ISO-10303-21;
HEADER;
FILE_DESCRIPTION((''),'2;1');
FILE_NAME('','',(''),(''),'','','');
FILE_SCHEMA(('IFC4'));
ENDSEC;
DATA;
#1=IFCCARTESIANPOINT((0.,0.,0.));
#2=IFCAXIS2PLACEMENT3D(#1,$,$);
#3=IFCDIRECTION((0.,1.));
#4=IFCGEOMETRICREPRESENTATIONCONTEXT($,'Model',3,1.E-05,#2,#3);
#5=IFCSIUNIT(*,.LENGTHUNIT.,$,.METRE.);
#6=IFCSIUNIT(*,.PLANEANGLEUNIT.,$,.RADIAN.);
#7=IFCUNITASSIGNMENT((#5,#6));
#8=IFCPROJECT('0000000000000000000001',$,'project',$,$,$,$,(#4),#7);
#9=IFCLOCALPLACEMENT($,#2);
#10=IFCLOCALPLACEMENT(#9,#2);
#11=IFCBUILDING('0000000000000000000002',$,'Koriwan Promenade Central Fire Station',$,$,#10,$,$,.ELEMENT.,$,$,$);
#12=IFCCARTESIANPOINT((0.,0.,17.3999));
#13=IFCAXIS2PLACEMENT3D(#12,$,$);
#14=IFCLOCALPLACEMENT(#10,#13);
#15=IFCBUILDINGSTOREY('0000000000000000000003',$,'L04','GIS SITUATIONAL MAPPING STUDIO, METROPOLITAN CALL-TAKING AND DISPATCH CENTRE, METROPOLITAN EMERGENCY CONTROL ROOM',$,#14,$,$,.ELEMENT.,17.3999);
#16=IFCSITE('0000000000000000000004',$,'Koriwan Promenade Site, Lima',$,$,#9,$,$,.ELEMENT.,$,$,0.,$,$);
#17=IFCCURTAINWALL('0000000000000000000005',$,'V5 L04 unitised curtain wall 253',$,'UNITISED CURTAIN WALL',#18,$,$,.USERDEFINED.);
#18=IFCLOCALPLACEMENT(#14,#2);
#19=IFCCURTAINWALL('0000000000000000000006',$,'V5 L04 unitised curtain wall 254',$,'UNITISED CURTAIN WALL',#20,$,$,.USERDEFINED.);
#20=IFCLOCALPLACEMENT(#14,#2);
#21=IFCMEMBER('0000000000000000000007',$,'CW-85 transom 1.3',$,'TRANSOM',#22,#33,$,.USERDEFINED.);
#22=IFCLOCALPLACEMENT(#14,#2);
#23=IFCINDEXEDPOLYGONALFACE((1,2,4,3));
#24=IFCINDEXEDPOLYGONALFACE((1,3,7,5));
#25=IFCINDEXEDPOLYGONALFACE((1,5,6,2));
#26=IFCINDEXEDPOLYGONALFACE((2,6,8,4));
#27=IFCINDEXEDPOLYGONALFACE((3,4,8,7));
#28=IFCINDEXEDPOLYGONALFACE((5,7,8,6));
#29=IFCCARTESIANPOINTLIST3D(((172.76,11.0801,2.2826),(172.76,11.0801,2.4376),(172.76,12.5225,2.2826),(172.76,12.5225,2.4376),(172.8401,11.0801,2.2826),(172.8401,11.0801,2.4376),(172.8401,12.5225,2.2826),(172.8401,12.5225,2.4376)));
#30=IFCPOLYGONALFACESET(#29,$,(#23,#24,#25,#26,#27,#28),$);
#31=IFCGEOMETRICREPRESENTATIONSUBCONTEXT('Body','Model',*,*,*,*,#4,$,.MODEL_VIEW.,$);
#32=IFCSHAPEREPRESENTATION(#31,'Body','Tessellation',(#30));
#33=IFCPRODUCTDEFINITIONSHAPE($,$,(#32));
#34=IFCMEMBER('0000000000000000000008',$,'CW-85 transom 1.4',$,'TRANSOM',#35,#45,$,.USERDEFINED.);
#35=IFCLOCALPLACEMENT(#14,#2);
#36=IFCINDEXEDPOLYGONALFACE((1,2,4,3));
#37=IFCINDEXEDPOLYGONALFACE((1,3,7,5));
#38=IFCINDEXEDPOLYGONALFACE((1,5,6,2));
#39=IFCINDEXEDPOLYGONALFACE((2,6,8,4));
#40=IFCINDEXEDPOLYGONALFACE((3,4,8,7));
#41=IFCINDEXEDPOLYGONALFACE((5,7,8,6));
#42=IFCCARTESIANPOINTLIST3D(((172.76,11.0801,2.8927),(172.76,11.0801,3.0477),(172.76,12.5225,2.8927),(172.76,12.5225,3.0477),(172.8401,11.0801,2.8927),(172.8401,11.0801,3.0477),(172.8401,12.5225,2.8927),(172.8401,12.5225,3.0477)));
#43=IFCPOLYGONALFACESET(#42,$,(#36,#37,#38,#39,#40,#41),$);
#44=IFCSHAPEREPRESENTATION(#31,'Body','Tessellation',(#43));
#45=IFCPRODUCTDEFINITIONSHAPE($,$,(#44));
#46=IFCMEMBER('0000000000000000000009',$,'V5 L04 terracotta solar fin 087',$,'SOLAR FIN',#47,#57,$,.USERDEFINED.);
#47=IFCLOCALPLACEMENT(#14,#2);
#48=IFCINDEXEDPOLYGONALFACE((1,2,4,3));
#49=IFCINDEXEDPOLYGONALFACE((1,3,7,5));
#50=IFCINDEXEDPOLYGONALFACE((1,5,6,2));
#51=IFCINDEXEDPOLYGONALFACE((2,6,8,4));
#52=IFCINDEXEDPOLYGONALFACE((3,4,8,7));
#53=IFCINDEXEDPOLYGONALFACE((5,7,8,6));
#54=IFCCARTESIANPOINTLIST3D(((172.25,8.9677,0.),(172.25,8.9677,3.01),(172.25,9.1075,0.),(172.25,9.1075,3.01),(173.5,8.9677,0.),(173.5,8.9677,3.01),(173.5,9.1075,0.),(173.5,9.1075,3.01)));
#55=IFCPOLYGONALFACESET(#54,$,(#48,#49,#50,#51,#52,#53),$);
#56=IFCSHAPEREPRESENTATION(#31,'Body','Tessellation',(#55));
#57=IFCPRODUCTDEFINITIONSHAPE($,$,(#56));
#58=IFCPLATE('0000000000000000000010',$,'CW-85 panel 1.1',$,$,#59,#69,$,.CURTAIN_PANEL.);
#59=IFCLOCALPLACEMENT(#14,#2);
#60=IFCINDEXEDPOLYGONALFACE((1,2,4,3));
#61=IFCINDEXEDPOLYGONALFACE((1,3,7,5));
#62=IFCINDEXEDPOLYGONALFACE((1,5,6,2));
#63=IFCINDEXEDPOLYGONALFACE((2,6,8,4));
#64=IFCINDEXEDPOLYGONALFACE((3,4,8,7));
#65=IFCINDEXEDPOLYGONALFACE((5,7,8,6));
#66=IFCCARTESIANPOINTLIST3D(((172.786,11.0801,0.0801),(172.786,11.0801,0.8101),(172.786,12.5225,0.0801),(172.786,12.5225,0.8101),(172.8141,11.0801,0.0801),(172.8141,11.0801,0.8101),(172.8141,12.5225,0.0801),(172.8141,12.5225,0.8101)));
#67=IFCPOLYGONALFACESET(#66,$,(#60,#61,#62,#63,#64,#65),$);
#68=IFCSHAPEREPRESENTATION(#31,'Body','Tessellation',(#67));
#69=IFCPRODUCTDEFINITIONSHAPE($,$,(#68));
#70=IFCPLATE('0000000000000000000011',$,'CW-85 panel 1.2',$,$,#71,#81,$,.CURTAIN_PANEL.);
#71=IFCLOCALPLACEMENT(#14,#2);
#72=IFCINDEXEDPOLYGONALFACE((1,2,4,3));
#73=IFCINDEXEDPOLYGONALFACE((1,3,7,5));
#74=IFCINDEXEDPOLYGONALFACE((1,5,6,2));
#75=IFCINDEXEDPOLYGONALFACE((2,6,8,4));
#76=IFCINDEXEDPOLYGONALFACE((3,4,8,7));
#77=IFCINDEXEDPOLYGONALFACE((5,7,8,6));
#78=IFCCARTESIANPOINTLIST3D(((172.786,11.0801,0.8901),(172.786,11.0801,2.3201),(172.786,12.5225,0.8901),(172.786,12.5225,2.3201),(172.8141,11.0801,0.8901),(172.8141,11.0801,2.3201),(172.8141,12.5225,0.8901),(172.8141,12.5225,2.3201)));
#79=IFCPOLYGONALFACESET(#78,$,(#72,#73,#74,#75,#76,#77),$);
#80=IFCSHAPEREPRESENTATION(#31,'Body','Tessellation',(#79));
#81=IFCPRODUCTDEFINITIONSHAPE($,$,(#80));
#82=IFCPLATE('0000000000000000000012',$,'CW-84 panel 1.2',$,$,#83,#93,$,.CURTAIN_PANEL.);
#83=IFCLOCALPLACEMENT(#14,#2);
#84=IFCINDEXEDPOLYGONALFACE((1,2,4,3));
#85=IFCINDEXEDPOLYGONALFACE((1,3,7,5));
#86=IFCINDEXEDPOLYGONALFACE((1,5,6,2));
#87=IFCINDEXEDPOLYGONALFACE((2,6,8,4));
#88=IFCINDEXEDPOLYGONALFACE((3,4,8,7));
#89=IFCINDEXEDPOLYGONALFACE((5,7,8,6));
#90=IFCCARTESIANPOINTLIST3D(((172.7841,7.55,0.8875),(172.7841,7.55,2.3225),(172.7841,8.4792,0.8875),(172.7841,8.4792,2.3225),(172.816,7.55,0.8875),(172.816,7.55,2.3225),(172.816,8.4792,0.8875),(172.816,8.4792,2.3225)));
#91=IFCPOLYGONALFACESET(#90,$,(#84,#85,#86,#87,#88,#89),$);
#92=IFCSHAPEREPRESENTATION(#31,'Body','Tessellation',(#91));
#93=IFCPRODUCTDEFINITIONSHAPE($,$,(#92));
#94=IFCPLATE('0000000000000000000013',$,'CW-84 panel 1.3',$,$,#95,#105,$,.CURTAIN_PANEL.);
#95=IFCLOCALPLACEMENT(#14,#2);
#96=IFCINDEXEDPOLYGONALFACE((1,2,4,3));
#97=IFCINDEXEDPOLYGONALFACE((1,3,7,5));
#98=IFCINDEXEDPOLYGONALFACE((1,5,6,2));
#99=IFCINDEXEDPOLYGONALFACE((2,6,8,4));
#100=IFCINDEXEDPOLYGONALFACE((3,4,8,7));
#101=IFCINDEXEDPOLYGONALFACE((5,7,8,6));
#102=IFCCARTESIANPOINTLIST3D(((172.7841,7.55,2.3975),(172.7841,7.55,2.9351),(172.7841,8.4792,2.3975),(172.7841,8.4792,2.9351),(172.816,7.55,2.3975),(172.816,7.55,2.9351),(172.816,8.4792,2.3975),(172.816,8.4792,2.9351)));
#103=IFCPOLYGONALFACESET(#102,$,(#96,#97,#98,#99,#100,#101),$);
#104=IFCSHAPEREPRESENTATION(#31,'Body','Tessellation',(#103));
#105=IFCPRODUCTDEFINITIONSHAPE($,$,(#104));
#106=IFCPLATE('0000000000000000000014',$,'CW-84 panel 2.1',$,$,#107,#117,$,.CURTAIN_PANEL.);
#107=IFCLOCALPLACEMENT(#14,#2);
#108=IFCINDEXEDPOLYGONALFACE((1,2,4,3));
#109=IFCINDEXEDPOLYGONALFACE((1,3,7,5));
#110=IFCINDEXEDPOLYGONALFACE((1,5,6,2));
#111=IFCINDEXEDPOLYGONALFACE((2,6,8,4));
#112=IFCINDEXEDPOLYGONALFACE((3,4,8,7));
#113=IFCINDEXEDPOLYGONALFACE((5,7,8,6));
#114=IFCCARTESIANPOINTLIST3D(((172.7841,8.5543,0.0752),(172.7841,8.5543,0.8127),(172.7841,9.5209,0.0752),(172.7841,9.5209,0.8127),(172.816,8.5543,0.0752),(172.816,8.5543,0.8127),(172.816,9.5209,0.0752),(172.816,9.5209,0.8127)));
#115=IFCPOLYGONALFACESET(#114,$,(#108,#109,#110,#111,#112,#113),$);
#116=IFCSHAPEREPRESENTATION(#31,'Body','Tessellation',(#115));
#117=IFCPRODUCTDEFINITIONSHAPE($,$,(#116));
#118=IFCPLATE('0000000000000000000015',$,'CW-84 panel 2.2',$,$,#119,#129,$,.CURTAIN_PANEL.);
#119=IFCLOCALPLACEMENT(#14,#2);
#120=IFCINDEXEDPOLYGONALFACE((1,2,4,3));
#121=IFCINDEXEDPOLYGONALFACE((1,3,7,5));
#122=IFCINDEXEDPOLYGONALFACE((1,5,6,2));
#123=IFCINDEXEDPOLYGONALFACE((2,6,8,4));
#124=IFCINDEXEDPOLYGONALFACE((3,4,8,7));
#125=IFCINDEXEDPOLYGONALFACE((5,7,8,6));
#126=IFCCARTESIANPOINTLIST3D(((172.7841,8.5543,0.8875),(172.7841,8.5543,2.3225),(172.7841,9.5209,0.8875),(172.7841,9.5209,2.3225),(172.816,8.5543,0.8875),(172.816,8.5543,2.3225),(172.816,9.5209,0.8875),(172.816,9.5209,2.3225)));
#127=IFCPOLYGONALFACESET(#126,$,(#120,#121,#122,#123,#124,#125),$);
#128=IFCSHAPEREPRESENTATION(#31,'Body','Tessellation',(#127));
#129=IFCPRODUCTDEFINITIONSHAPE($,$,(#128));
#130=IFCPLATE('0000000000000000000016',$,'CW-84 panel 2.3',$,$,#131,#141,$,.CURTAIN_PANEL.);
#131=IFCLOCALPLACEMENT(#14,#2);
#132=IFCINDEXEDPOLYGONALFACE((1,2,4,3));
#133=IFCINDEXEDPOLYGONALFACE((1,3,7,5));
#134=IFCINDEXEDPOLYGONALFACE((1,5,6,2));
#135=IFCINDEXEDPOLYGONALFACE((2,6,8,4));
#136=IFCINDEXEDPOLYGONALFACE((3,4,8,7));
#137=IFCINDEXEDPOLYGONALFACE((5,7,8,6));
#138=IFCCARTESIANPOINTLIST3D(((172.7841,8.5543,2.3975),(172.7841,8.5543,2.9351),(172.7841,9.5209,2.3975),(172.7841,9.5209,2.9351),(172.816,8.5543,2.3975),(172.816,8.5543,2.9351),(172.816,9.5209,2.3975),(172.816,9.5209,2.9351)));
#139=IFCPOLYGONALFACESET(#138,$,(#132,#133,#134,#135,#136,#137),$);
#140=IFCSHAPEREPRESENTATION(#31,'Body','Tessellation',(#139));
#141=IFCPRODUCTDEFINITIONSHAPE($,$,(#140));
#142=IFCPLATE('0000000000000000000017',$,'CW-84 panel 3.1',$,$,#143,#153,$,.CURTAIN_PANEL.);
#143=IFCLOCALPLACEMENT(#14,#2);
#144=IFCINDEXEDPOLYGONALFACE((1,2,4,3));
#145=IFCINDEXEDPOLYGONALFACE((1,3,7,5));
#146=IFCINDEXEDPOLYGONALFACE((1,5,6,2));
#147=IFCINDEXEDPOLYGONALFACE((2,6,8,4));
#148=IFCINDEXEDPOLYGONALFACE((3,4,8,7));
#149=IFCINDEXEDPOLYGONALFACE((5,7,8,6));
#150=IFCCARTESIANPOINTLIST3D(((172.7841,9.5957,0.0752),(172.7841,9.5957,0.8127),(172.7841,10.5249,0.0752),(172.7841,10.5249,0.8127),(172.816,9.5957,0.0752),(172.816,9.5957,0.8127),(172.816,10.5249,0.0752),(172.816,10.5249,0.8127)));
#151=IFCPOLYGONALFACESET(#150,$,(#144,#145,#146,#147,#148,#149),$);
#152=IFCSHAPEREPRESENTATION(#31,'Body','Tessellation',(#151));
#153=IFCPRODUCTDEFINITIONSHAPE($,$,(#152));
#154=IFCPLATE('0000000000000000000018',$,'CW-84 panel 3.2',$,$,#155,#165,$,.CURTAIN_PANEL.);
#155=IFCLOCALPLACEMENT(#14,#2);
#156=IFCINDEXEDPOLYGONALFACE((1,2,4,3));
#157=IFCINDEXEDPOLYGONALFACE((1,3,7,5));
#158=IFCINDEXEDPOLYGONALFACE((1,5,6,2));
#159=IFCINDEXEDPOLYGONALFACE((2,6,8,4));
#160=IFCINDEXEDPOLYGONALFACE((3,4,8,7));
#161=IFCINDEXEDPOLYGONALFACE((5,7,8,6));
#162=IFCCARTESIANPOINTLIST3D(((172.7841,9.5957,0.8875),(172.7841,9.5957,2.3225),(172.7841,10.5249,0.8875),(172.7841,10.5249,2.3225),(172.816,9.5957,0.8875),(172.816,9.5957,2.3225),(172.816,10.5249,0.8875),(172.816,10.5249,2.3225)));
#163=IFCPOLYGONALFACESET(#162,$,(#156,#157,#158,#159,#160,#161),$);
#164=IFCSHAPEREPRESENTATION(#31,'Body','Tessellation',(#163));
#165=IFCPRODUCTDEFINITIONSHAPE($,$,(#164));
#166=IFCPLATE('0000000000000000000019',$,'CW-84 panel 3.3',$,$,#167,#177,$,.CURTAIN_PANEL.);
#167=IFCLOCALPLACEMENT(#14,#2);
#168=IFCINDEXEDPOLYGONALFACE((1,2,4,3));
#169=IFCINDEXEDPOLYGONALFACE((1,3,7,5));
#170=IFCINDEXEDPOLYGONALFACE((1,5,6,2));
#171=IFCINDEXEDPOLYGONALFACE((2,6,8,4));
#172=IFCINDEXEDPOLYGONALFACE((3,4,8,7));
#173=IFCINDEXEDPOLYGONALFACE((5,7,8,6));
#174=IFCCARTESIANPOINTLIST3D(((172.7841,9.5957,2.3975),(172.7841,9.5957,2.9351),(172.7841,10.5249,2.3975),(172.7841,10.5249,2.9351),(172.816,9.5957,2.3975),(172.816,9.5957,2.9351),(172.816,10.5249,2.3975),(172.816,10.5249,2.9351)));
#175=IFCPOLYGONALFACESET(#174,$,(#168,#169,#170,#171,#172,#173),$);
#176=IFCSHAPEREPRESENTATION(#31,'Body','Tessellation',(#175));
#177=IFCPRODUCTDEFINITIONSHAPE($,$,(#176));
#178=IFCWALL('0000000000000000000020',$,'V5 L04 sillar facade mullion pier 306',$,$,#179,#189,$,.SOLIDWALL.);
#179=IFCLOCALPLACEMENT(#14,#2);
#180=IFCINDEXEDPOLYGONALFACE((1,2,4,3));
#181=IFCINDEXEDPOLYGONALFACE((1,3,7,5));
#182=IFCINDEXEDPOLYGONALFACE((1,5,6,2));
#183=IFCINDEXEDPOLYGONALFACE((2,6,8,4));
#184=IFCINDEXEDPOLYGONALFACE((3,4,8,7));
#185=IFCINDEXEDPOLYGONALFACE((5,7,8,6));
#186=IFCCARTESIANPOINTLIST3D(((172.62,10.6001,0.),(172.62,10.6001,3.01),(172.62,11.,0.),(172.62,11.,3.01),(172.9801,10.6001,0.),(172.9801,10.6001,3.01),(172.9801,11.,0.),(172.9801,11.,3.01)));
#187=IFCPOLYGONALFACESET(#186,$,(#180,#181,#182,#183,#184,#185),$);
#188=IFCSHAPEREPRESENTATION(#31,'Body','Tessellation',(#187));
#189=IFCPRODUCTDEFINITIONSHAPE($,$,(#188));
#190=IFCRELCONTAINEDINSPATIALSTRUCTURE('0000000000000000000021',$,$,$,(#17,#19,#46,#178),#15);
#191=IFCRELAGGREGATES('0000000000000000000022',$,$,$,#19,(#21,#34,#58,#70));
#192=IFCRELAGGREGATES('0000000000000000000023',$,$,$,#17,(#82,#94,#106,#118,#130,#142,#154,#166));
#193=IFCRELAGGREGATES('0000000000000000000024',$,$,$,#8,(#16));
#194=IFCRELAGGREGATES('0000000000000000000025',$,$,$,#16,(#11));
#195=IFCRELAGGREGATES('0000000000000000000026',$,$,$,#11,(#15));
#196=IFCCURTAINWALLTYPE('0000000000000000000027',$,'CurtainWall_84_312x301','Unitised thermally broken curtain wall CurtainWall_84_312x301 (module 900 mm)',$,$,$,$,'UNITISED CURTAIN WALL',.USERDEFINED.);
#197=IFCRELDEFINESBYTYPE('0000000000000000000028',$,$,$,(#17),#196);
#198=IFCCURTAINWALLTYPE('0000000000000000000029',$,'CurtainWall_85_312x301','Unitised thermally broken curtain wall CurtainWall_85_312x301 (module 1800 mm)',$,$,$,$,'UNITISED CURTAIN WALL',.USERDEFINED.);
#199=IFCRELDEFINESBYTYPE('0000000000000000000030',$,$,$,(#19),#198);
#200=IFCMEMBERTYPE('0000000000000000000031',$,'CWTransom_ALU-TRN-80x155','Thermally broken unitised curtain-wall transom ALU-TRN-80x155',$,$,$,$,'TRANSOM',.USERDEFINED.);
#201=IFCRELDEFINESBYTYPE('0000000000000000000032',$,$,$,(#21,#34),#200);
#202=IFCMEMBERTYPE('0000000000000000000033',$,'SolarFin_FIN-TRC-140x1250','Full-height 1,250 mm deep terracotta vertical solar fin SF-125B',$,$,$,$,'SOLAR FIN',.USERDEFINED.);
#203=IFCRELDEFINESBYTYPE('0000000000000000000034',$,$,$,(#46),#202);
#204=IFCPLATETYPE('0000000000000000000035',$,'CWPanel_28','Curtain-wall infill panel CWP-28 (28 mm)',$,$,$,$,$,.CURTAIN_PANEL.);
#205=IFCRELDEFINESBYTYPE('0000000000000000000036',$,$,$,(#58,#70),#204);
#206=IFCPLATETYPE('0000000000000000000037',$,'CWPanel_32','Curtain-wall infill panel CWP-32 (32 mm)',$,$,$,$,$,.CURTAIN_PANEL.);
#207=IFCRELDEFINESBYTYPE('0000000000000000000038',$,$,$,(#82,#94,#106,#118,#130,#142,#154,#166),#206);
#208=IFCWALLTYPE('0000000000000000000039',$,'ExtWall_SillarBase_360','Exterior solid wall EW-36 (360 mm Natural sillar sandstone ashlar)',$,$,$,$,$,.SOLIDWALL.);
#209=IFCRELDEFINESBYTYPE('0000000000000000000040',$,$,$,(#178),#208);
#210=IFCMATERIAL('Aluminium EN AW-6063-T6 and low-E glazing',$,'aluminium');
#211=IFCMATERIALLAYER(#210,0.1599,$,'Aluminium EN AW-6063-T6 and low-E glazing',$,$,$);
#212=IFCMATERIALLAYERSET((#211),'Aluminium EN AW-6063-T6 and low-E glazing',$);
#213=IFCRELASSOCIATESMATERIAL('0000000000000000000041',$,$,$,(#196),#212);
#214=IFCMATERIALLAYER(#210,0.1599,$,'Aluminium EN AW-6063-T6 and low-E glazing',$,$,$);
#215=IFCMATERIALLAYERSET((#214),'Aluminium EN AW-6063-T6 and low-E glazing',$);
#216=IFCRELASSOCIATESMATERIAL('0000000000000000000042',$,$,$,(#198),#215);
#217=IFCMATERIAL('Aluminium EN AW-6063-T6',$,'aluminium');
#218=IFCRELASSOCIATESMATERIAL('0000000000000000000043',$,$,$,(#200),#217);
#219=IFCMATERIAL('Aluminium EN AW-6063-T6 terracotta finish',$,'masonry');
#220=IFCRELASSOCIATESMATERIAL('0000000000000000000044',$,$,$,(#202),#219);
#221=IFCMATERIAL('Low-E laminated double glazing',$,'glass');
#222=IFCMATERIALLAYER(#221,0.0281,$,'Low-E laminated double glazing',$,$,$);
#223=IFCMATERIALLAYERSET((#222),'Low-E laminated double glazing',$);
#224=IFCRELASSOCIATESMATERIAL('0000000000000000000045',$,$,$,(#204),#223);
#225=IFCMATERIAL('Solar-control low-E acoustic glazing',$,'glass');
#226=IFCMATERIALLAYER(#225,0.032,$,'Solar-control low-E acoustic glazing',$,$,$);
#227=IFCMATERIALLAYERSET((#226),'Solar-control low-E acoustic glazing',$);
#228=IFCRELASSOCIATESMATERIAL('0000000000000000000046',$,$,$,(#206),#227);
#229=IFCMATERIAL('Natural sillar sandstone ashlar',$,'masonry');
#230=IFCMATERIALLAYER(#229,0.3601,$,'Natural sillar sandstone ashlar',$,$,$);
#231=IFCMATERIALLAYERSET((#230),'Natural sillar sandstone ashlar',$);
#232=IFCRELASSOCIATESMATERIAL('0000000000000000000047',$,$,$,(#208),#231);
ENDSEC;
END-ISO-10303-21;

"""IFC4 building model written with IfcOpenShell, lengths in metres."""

from ifc_helpers import new_model, si_unit, direction, frame, frame_2d, origin, origin_2d, place, context, subcontext, project, spatial, rectangle, extrude, material, layer, layer_set, material_profile, profile_set, type_object, element, aggregate, save


model = new_model("IFC4")

# Units and contexts
model_context = context("Model", 3, precision=1e-05, world=origin(), true_north=direction((0.0, 1.0)))
body_context = subcontext(model_context, "Body", "Model", "MODEL_VIEW")
ifc_project = project(units=[si_unit("LENGTHUNIT", "METRE"), si_unit("PLANEANGLEUNIT", "RADIAN")], contexts=[model_context])

# Site, building, storey
site_placement = place(None, origin())
site = spatial("IfcSite", under=ifc_project, at=site_placement, Name="Koriwan Promenade Site, Lima", CompositionType="ELEMENT", RefElevation=0.0)
building_placement = place(site_placement, origin())
building = spatial("IfcBuilding", under=site, at=building_placement, Name="Koriwan Promenade Central Fire Station", CompositionType="ELEMENT")
storey_placement = place(building_placement, frame((0.0, 0.0, 17.3999)))
storey = spatial("IfcBuildingStorey", under=building, at=storey_placement, Name="L04", Description="GIS SITUATIONAL MAPPING STUDIO, METROPOLITAN CALL-TAKING AND DISPATCH CENTRE, METROPOLITAN EMERGENCY CONTROL ROOM", CompositionType="ELEMENT", Elevation=17.3999)

# Curtain wall
ifc_material_1 = material(Name="Aluminium EN AW-6063-T6 and low-E glazing", Category="aluminium")
ifc_layer_1 = layer(ifc_material_1, 0.1599, Name="Aluminium EN AW-6063-T6 and low-E glazing")
ifc_layer_set_1 = layer_set([ifc_layer_1], Name="Aluminium EN AW-6063-T6 and low-E glazing")
curtain_wall_type_1 = type_object("IfcCurtainWallType", Name="CurtainWall_84_312x301", Description="Unitised thermally broken curtain wall CurtainWall_84_312x301 (module 900 mm)", ElementType="UNITISED CURTAIN WALL", PredefinedType="USERDEFINED", material=ifc_layer_set_1)
curtain_wall_1_placement = place(storey_placement, origin())
curtain_wall_1 = element("IfcCurtainWall", 1, at=curtain_wall_1_placement, inside=storey, type_object=curtain_wall_type_1, Name="V5 L04 unitised curtain wall 253", ObjectType="UNITISED CURTAIN WALL", PredefinedType="USERDEFINED")
ifc_material_2 = material(Name="Aluminium EN AW-6063-T6", Category="aluminium")

# Curtain wall
ifc_layer_2 = layer(ifc_material_1, 0.1599, Name="Aluminium EN AW-6063-T6 and low-E glazing")
ifc_layer_set_2 = layer_set([ifc_layer_2], Name="Aluminium EN AW-6063-T6 and low-E glazing")
curtain_wall_type_2 = type_object("IfcCurtainWallType", Name="CurtainWall_85_312x301", Description="Unitised thermally broken curtain wall CurtainWall_85_312x301 (module 1800 mm)", ElementType="UNITISED CURTAIN WALL", PredefinedType="USERDEFINED", material=ifc_layer_set_2)
curtain_wall_2_placement = place(storey_placement, origin())
curtain_wall_2 = element("IfcCurtainWall", 2, at=curtain_wall_2_placement, inside=storey, type_object=curtain_wall_type_2, Name="V5 L04 unitised curtain wall 254", ObjectType="UNITISED CURTAIN WALL", PredefinedType="USERDEFINED")

# Members
ifc_material_profile_1 = material_profile(ifc_material_2, rectangle(XDim=0.0801, YDim=0.155, at=origin_2d()), Name="ALU-TRN-80x155")
ifc_profile_set_1 = profile_set([ifc_material_profile_1], Name="Aluminium EN AW-6063-T6")
member_type_1 = type_object("IfcMemberType", Name="CWTransom_ALU-TRN-80x155", Description="Thermally broken unitised curtain-wall transom ALU-TRN-80x155", ElementType="TRANSOM", PredefinedType="USERDEFINED", material=ifc_profile_set_1)
member_1_placement = place(storey_placement, frame((172.8, 11.0801, 2.3601), z_axis=(0.0, 1.0, 0.0), x_axis=(-1.0, 0.0, 0.0)))
member_1 = element("IfcMember", 3, at=member_1_placement, type_object=member_type_1, Name="CW-85 transom 1.3", ObjectType="TRANSOM", PredefinedType="USERDEFINED", context=body_context, shape_type="SweptSolid", body=[
    extrude(rectangle(XDim=0.0801, YDim=0.155, at=origin_2d()), origin(), (0.0, 0.0, 1.0), 1.4424),
])
member_2_placement = place(storey_placement, frame((172.8, 11.0801, 2.9702), z_axis=(0.0, 1.0, 0.0), x_axis=(-1.0, 0.0, 0.0)))
member_2 = element("IfcMember", 4, at=member_2_placement, type_object=member_type_1, Name="CW-85 transom 1.4", ObjectType="TRANSOM", PredefinedType="USERDEFINED", context=body_context, shape_type="SweptSolid", body=[
    extrude(rectangle(XDim=0.0801, YDim=0.155, at=origin_2d()), origin(), (0.0, 0.0, 1.0), 1.4424),
])
ifc_material_3 = material(Name="Aluminium EN AW-6063-T6 terracotta finish", Category="masonry")
ifc_material_profile_2 = material_profile(ifc_material_3, rectangle(XDim=0.1399, YDim=1.25, at=origin_2d()), Name="FIN-TRC-140x1250")
ifc_profile_set_2 = profile_set([ifc_material_profile_2], Name="Aluminium EN AW-6063-T6 terracotta finish")
member_type_2 = type_object("IfcMemberType", Name="SolarFin_FIN-TRC-140x1250", Description="Full-height 1,250 mm deep terracotta vertical solar fin SF-125B", ElementType="SOLAR FIN", PredefinedType="USERDEFINED", material=ifc_profile_set_2)
member_3_placement = place(storey_placement, frame((172.875, 9.0376, 0.0), z_axis=(0.0, 0.0, 1.0), x_axis=(0.0, -1.0, 0.0)))
element("IfcMember", 5, at=member_3_placement, inside=storey, type_object=member_type_2, Name="V5 L04 terracotta solar fin 087", ObjectType="SOLAR FIN", PredefinedType="USERDEFINED", context=body_context, shape_type="SweptSolid", body=[
    extrude(rectangle(XDim=0.1399, YDim=1.25, at=origin_2d()), origin(), (0.0, 0.0, 1.0), 3.01),
])

# Plates
ifc_material_4 = material(Name="Low-E laminated double glazing", Category="glass")
ifc_layer_3 = layer(ifc_material_4, 0.0281, Name="Low-E laminated double glazing")
ifc_layer_set_3 = layer_set([ifc_layer_3], Name="Low-E laminated double glazing")
plate_type_1 = type_object("IfcPlateType", Name="CWPanel_28", Description="Curtain-wall infill panel CWP-28 (28 mm)", PredefinedType="CURTAIN_PANEL", material=ifc_layer_set_3)
plate_1_placement = place(storey_placement, frame((172.8, 11.8013, 0.0801), z_axis=(0.0, 0.0, 1.0), x_axis=(0.0, 1.0, 0.0)))
plate_1 = element("IfcPlate", 6, at=plate_1_placement, type_object=plate_type_1, Name="CW-85 panel 1.1", PredefinedType="CURTAIN_PANEL", context=body_context, shape_type="SweptSolid", body=[
    extrude(rectangle(XDim=1.4424, YDim=0.0281, at=origin_2d()), origin(), (0.0, 0.0, 1.0), 0.73),
])
plate_2_placement = place(storey_placement, frame((172.8, 11.8013, 0.8901), z_axis=(0.0, 0.0, 1.0), x_axis=(0.0, 1.0, 0.0)))
plate_2 = element("IfcPlate", 7, at=plate_2_placement, type_object=plate_type_1, Name="CW-85 panel 1.2", PredefinedType="CURTAIN_PANEL", context=body_context, shape_type="SweptSolid", body=[
    extrude(rectangle(XDim=1.4424, YDim=0.0281, at=origin_2d()), origin(), (0.0, 0.0, 1.0), 1.4299),
])
aggregate(curtain_wall_2, [member_1, member_2, plate_1, plate_2])
ifc_material_5 = material(Name="Solar-control low-E acoustic glazing", Category="glass")
ifc_layer_4 = layer(ifc_material_5, 0.032, Name="Solar-control low-E acoustic glazing")
ifc_layer_set_4 = layer_set([ifc_layer_4], Name="Solar-control low-E acoustic glazing")
plate_type_2 = type_object("IfcPlateType", Name="CWPanel_32", Description="Curtain-wall infill panel CWP-32 (32 mm)", PredefinedType="CURTAIN_PANEL", material=ifc_layer_set_4)
plate_3_placement = place(storey_placement, frame((172.8, 8.0146, 0.8875), z_axis=(0.0, 0.0, 1.0), x_axis=(0.0, 1.0, 0.0)))
plate_3 = element("IfcPlate", 8, at=plate_3_placement, type_object=plate_type_2, Name="CW-84 panel 1.2", PredefinedType="CURTAIN_PANEL", context=body_context, shape_type="SweptSolid", body=[
    extrude(rectangle(XDim=0.9292, YDim=0.032, at=origin_2d()), origin(), (0.0, 0.0, 1.0), 1.4351),
])
plate_4_placement = place(storey_placement, frame((172.8, 8.0146, 2.3975), z_axis=(0.0, 0.0, 1.0), x_axis=(0.0, 1.0, 0.0)))
plate_4 = element("IfcPlate", 9, at=plate_4_placement, type_object=plate_type_2, Name="CW-84 panel 1.3", PredefinedType="CURTAIN_PANEL", context=body_context, shape_type="SweptSolid", body=[
    extrude(rectangle(XDim=0.9292, YDim=0.032, at=origin_2d()), origin(), (0.0, 0.0, 1.0), 0.5376),
])
plate_5_placement = place(storey_placement, frame((172.8, 9.0376, 0.0752), z_axis=(0.0, 0.0, 1.0), x_axis=(0.0, 1.0, 0.0)))
plate_5 = element("IfcPlate", 10, at=plate_5_placement, type_object=plate_type_2, Name="CW-84 panel 2.1", PredefinedType="CURTAIN_PANEL", context=body_context, shape_type="SweptSolid", body=[
    extrude(rectangle(XDim=0.9666, YDim=0.032, at=origin_2d()), origin(), (0.0, 0.0, 1.0), 0.7375),
])
plate_6_placement = place(storey_placement, frame((172.8, 9.0376, 0.8875), z_axis=(0.0, 0.0, 1.0), x_axis=(0.0, 1.0, 0.0)))
plate_6 = element("IfcPlate", 11, at=plate_6_placement, type_object=plate_type_2, Name="CW-84 panel 2.2", PredefinedType="CURTAIN_PANEL", context=body_context, shape_type="SweptSolid", body=[
    extrude(rectangle(XDim=0.9666, YDim=0.032, at=origin_2d()), origin(), (0.0, 0.0, 1.0), 1.4351),
])
plate_7_placement = place(storey_placement, frame((172.8, 9.0376, 2.3975), z_axis=(0.0, 0.0, 1.0), x_axis=(0.0, 1.0, 0.0)))
plate_7 = element("IfcPlate", 12, at=plate_7_placement, type_object=plate_type_2, Name="CW-84 panel 2.3", PredefinedType="CURTAIN_PANEL", context=body_context, shape_type="SweptSolid", body=[
    extrude(rectangle(XDim=0.9666, YDim=0.032, at=origin_2d()), origin(), (0.0, 0.0, 1.0), 0.5376),
])
plate_8_placement = place(storey_placement, frame((172.8, 10.0603, 0.0752), z_axis=(0.0, 0.0, 1.0), x_axis=(0.0, 1.0, 0.0)))
plate_8 = element("IfcPlate", 13, at=plate_8_placement, type_object=plate_type_2, Name="CW-84 panel 3.1", PredefinedType="CURTAIN_PANEL", context=body_context, shape_type="SweptSolid", body=[
    extrude(rectangle(XDim=0.9292, YDim=0.032, at=origin_2d()), origin(), (0.0, 0.0, 1.0), 0.7375),
])
plate_9_placement = place(storey_placement, frame((172.8, 10.0603, 0.8875), z_axis=(0.0, 0.0, 1.0), x_axis=(0.0, 1.0, 0.0)))
plate_9 = element("IfcPlate", 14, at=plate_9_placement, type_object=plate_type_2, Name="CW-84 panel 3.2", PredefinedType="CURTAIN_PANEL", context=body_context, shape_type="SweptSolid", body=[
    extrude(rectangle(XDim=0.9292, YDim=0.032, at=origin_2d()), origin(), (0.0, 0.0, 1.0), 1.4351),
])
plate_10_placement = place(storey_placement, frame((172.8, 10.0603, 2.3975), z_axis=(0.0, 0.0, 1.0), x_axis=(0.0, 1.0, 0.0)))
plate_10 = element("IfcPlate", 15, at=plate_10_placement, type_object=plate_type_2, Name="CW-84 panel 3.3", PredefinedType="CURTAIN_PANEL", context=body_context, shape_type="SweptSolid", body=[
    extrude(rectangle(XDim=0.9292, YDim=0.032, at=origin_2d()), origin(), (0.0, 0.0, 1.0), 0.5376),
])
aggregate(curtain_wall_1, [plate_3, plate_4, plate_5, plate_6, plate_7, plate_8, plate_9, plate_10])

# Wall
ifc_material_6 = material(Name="Natural sillar sandstone ashlar", Category="masonry")
ifc_layer_5 = layer(ifc_material_6, 0.3601, Name="Natural sillar sandstone ashlar")
ifc_layer_set_5 = layer_set([ifc_layer_5], Name="Natural sillar sandstone ashlar")
wall_type = type_object("IfcWallType", Name="ExtWall_SillarBase_360", Description="Exterior solid wall EW-36 (360 mm Natural sillar sandstone ashlar)", PredefinedType="SOLIDWALL", material=ifc_layer_set_5)
wall_placement = place(storey_placement, frame((172.8, 10.6001, 0.0), z_axis=(0.0, 0.0, 1.0), x_axis=(0.0, 1.0, 0.0)))
element("IfcWall", 16, at=wall_placement, inside=storey, type_object=wall_type, Name="V5 L04 sillar facade mullion pier 306", PredefinedType="SOLIDWALL", context=body_context, shape_type="SweptSolid", body=[
    extrude(rectangle(XDim=0.3999, YDim=0.3601, at=frame_2d((0.2, 0.0))), origin(), (0.0, 0.0, 1.0), 3.01),
])

save(model, "model.ifc")
